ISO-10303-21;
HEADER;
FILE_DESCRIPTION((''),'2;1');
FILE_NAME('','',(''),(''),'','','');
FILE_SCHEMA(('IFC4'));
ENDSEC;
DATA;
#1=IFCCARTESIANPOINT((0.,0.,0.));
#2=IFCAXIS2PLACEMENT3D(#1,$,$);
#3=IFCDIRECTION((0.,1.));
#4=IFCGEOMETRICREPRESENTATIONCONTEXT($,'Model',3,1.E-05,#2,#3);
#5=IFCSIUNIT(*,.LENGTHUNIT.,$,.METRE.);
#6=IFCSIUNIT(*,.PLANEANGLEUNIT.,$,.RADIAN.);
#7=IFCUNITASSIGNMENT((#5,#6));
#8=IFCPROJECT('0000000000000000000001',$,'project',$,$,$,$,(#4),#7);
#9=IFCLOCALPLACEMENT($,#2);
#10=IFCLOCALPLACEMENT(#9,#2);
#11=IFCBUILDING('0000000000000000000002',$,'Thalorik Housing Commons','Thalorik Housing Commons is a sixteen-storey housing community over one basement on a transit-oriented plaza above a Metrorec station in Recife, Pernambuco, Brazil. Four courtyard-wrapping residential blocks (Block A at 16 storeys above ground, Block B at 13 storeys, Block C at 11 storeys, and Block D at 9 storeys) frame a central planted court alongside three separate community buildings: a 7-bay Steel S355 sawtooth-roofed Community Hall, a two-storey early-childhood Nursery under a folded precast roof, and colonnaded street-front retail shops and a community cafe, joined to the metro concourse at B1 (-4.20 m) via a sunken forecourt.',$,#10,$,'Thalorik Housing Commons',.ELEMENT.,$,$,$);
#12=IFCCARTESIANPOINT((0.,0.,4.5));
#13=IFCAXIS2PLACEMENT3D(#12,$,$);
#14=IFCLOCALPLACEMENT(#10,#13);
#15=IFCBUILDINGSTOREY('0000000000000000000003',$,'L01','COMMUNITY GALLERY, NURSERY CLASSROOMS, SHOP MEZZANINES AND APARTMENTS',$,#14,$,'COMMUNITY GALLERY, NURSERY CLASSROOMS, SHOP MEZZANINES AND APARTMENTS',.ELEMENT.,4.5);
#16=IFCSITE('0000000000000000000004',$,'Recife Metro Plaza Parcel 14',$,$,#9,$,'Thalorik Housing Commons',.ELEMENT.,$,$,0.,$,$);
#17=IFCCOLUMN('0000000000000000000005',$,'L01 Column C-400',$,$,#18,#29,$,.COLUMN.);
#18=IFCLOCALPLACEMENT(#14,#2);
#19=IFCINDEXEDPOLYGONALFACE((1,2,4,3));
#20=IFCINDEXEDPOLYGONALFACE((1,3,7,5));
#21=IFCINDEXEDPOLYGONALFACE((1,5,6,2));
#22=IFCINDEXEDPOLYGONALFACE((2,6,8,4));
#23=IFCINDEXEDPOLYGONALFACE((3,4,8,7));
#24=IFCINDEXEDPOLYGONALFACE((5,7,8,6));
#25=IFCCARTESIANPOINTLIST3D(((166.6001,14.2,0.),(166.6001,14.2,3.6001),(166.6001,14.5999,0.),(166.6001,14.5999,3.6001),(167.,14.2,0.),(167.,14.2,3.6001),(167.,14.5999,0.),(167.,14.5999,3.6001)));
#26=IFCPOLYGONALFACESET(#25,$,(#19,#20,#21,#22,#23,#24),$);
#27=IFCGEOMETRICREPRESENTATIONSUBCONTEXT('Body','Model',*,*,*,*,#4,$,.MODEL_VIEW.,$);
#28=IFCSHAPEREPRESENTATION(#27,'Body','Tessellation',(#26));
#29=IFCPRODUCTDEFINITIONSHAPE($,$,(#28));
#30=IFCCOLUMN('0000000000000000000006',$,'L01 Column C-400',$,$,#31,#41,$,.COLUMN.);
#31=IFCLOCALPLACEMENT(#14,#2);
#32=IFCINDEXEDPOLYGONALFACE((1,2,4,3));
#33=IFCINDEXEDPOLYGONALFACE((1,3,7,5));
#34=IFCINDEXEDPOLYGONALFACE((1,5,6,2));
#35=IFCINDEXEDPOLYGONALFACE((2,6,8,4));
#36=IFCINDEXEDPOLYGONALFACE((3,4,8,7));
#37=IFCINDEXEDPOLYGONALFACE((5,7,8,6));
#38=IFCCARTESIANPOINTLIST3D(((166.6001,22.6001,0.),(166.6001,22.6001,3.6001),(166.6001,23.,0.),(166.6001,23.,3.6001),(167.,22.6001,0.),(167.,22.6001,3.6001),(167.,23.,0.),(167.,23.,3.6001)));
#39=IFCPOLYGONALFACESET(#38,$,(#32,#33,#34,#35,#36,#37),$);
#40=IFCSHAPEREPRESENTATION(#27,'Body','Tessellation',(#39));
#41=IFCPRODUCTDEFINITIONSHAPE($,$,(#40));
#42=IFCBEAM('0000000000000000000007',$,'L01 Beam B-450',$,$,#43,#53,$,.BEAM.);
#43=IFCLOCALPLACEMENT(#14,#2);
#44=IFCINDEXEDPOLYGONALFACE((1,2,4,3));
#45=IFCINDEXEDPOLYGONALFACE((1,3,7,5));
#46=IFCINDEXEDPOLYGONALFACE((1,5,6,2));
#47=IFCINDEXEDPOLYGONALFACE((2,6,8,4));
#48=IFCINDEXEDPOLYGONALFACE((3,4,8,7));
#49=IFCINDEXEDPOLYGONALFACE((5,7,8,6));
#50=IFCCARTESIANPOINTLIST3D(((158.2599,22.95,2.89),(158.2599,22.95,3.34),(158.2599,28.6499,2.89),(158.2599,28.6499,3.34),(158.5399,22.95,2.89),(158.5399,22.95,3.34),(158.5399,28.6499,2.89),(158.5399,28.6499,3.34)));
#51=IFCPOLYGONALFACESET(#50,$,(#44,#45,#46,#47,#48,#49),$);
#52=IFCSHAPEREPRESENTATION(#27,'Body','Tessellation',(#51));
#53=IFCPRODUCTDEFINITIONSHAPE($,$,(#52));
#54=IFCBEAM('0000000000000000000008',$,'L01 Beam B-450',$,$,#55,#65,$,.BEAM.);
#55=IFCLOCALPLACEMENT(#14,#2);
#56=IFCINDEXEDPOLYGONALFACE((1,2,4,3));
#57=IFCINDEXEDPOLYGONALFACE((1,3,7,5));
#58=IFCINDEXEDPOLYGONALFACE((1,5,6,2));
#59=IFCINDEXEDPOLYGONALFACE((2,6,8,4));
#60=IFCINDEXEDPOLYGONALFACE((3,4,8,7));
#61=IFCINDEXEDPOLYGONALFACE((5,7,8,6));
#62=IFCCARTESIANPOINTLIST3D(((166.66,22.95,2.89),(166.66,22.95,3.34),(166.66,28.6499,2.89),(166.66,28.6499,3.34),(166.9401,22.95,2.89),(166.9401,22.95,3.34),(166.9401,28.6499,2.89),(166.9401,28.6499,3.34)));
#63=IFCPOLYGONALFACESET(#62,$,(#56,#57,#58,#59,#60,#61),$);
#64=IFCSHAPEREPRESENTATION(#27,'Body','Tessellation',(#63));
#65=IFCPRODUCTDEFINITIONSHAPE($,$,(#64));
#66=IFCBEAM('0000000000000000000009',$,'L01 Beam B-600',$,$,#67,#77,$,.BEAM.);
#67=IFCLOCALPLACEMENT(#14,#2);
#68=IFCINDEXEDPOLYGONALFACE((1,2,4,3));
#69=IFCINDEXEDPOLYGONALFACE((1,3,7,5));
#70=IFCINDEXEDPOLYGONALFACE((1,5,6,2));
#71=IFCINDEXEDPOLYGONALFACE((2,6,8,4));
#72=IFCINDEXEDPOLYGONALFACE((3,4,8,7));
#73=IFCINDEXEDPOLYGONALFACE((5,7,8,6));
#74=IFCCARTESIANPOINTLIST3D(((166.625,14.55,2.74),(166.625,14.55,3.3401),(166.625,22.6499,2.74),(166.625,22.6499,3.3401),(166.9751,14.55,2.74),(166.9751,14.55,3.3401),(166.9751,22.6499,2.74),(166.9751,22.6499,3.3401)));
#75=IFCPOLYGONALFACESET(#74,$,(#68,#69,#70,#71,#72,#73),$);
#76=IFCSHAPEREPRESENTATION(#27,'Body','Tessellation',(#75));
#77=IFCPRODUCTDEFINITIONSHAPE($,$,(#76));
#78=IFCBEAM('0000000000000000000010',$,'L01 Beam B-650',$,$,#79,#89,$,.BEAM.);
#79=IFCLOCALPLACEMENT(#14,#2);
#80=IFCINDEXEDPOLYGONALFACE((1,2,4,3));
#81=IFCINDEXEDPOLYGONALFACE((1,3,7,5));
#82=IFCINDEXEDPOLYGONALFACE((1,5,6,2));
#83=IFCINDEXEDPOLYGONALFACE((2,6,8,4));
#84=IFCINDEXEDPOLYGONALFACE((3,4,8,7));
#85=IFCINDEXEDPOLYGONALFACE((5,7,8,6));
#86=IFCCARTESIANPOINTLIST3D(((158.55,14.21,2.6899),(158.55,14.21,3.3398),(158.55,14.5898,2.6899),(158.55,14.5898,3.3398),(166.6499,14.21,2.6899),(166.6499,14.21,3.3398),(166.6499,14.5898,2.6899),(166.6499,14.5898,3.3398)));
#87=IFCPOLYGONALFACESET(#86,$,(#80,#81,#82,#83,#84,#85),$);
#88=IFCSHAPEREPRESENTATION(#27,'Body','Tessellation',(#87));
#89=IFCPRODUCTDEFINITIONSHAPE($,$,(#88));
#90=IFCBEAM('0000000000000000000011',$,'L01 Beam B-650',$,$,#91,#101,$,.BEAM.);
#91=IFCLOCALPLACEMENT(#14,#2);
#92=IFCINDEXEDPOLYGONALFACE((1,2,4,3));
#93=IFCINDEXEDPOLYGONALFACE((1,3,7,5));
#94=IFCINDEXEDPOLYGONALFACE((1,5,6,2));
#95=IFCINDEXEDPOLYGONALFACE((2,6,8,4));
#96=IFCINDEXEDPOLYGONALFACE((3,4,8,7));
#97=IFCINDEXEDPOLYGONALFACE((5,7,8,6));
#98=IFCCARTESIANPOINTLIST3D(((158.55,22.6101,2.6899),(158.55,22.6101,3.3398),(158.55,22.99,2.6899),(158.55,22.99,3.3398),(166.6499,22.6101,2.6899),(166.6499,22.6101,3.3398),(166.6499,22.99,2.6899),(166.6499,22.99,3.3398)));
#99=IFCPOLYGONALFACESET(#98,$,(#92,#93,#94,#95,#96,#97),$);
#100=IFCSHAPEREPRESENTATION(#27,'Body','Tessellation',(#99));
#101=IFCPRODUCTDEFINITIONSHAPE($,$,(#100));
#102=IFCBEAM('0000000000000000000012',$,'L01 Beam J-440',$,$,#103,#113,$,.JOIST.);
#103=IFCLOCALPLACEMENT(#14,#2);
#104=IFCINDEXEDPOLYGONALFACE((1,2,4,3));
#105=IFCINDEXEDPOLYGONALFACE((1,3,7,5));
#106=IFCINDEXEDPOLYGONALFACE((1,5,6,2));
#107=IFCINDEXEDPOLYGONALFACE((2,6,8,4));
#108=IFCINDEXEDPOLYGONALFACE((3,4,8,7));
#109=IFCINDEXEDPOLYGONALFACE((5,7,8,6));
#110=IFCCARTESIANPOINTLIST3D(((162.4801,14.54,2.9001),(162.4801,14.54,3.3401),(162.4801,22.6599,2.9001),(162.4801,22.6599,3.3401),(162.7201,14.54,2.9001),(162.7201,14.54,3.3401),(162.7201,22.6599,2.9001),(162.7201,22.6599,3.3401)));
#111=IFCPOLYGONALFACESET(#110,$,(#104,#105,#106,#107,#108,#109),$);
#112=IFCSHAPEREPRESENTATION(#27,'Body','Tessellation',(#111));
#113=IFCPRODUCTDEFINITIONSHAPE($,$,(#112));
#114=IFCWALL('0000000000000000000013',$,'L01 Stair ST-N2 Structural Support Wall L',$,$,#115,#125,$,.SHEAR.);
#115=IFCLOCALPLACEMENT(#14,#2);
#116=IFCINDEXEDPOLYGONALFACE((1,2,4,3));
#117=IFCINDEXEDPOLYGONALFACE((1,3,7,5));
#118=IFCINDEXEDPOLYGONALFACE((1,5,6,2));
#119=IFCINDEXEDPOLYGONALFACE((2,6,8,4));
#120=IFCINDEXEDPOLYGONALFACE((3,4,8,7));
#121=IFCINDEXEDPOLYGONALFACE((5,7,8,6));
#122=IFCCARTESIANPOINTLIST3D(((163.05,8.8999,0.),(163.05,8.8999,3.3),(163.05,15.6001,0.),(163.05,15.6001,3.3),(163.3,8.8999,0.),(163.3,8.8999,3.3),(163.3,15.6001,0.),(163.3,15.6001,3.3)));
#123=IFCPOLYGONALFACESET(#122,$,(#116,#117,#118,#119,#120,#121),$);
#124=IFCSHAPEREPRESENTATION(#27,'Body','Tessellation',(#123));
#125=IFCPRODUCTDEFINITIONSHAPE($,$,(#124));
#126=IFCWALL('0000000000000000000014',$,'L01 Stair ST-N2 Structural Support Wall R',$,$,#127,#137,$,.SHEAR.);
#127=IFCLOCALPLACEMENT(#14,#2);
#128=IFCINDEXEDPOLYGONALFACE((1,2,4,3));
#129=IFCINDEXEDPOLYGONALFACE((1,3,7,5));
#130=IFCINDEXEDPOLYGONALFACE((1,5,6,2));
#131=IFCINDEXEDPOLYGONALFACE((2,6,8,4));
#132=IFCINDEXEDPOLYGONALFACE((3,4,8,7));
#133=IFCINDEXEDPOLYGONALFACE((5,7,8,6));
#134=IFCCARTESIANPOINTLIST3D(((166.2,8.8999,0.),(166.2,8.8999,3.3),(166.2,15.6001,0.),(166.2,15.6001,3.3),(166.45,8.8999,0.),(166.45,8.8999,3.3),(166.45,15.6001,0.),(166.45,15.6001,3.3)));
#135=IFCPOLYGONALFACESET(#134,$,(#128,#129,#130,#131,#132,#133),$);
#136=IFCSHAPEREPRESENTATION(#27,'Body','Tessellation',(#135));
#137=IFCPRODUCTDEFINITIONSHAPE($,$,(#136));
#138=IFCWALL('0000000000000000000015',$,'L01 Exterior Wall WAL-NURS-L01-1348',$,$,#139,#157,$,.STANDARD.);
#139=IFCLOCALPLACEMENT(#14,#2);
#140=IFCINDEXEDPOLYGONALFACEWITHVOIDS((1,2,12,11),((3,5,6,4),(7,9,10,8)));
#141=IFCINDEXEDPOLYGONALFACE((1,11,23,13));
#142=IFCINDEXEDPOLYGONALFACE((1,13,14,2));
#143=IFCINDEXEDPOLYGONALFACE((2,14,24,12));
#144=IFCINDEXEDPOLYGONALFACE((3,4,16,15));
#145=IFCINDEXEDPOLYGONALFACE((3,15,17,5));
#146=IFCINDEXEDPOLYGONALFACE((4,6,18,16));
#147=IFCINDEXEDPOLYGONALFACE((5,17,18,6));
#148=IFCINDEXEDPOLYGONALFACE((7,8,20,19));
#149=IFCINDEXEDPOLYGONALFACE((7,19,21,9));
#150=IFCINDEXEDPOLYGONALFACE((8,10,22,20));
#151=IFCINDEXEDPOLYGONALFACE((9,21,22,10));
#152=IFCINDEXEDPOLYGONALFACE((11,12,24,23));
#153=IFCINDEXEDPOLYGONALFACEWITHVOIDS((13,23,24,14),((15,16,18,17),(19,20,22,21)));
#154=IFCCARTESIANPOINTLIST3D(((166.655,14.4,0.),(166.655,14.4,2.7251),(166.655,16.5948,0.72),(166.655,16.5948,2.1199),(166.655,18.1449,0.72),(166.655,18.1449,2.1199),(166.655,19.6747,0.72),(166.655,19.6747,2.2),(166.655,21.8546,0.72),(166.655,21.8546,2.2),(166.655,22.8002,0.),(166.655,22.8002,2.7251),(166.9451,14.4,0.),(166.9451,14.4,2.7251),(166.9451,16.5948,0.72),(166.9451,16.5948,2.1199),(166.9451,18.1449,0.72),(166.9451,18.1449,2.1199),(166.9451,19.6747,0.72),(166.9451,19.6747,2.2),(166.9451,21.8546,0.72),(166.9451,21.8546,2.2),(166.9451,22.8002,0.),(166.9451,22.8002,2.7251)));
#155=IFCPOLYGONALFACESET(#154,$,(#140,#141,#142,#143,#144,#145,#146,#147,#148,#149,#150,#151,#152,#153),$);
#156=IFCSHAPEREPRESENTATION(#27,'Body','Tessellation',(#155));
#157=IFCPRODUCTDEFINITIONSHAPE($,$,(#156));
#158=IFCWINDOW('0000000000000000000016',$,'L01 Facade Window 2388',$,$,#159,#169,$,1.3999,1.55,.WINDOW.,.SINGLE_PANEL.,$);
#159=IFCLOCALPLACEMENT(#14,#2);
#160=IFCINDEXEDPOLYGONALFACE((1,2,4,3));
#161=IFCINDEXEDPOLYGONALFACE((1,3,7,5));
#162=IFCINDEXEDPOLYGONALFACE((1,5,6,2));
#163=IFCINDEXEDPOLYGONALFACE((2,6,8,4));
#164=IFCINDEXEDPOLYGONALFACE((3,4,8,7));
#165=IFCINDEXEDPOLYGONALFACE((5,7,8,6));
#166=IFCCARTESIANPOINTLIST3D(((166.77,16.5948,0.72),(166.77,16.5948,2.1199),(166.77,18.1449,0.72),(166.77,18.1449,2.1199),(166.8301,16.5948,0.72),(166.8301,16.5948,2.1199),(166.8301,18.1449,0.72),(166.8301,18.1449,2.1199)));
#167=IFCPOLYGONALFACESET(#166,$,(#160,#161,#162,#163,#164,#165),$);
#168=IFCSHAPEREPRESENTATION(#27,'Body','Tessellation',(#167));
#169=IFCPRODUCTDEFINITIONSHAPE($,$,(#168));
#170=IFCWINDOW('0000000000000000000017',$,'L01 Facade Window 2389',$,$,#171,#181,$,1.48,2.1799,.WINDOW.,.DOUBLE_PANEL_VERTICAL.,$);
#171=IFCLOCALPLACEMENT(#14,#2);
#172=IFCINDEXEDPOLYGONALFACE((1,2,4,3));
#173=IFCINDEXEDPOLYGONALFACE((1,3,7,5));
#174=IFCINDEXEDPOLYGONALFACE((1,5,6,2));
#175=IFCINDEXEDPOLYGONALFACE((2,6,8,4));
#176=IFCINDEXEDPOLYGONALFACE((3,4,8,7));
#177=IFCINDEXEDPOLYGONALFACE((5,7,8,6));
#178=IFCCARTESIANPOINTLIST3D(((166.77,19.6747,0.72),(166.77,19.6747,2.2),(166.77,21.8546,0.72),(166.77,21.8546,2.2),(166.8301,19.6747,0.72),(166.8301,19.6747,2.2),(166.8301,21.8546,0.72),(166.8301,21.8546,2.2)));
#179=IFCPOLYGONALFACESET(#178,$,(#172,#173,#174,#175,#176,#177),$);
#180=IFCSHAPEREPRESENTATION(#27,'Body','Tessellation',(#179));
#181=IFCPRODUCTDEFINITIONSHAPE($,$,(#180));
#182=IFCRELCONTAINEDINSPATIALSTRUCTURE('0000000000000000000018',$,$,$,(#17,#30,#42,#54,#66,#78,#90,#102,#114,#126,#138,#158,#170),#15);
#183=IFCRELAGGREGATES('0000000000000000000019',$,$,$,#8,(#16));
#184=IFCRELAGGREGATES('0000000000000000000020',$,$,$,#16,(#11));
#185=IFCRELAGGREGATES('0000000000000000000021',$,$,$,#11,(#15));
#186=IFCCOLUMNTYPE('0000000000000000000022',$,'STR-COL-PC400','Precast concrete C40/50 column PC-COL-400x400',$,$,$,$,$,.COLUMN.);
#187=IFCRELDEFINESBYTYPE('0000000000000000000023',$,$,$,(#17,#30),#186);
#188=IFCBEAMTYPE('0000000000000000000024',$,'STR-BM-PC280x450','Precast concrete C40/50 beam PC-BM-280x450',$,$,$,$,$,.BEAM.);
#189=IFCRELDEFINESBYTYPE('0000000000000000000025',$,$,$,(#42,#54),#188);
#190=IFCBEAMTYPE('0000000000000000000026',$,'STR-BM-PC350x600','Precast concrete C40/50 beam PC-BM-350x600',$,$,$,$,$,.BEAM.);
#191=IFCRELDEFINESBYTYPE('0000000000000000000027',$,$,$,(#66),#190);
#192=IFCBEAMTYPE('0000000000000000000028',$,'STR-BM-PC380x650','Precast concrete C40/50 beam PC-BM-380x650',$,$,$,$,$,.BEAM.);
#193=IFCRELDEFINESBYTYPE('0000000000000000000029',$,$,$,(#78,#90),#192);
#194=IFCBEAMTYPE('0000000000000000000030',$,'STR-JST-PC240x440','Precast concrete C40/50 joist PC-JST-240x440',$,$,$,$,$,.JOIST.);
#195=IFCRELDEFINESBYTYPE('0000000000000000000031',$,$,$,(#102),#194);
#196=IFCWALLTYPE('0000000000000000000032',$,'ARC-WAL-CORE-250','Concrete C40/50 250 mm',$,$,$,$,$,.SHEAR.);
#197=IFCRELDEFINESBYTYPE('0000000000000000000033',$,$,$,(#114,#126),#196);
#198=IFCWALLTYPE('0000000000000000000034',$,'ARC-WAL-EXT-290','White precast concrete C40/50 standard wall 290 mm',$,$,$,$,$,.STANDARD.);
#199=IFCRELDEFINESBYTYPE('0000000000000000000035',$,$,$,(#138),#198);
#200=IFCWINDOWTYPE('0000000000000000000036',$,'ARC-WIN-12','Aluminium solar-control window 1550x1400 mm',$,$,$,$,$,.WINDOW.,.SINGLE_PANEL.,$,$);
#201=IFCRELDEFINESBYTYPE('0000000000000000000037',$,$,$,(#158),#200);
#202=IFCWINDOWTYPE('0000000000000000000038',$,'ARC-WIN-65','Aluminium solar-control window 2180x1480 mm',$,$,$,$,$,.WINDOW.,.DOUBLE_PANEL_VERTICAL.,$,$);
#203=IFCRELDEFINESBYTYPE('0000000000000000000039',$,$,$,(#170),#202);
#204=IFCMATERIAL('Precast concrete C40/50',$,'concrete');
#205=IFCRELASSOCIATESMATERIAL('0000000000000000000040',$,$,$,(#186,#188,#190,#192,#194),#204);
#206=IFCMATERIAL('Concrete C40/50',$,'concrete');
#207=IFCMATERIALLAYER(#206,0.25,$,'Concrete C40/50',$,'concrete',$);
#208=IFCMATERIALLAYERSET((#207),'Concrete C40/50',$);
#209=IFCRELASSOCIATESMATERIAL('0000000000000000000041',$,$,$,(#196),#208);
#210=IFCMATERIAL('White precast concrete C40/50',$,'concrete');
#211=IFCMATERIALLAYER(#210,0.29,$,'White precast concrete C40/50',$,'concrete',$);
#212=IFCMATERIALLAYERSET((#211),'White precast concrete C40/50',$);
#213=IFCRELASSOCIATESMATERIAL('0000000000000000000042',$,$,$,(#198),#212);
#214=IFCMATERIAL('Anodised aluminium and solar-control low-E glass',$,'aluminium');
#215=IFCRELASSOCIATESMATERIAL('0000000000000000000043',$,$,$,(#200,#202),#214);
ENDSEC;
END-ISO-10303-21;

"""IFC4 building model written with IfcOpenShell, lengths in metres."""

from ifc_helpers import new_model, si_unit, direction, frame, frame_2d, origin, origin_2d, place, context, subcontext, project, spatial, rectangle, extrude, material, layer, layer_set, material_profile, profile_set, type_object, element, fill, save


model = new_model("IFC4")

# Units and contexts
model_context = context("Model", 3, precision=1e-05, world=origin(), true_north=direction((0.0, 1.0)))
body_context = subcontext(model_context, "Body", "Model", "MODEL_VIEW")
ifc_project = project(units=[si_unit("LENGTHUNIT", "METRE"), si_unit("PLANEANGLEUNIT", "RADIAN")], contexts=[model_context])

# Site, building, storey
site_placement = place(None, origin())
site = spatial("IfcSite", under=ifc_project, at=site_placement, Name="Recife Metro Plaza Parcel 14", LongName="Thalorik Housing Commons", CompositionType="ELEMENT", RefElevation=0.0)
building_placement = place(site_placement, origin())
building = spatial("IfcBuilding", under=site, at=building_placement, Name="Thalorik Housing Commons", Description="Thalorik Housing Commons is a sixteen-storey housing community over one basement on a transit-oriented plaza above a Metrorec station in Recife, Pernambuco, Brazil. Four courtyard-wrapping residential blocks (Block A at 16 storeys above ground, Block B at 13 storeys, Block C at 11 storeys, and Block D at 9 storeys) frame a central planted court alongside three separate community buildings: a 7-bay Steel S355 sawtooth-roofed Community Hall, a two-storey early-childhood Nursery under a folded precast roof, and colonnaded street-front retail shops and a community cafe, joined to the metro concourse at B1 (-4.20 m) via a sunken forecourt.", LongName="Thalorik Housing Commons", CompositionType="ELEMENT")
storey_placement = place(building_placement, frame((0.0, 0.0, 4.5)))
storey = spatial("IfcBuildingStorey", under=building, at=storey_placement, Name="L01", Description="COMMUNITY GALLERY, NURSERY CLASSROOMS, SHOP MEZZANINES AND APARTMENTS", LongName="COMMUNITY GALLERY, NURSERY CLASSROOMS, SHOP MEZZANINES AND APARTMENTS", CompositionType="ELEMENT", Elevation=4.5)

# Columns
ifc_material_1 = material(Name="Precast concrete C40/50", Category="concrete")
ifc_material_profile_1 = material_profile(ifc_material_1, rectangle(XDim=0.3999, YDim=0.3999, at=origin_2d()), Name="PC 400x400", Category="concrete")
ifc_profile_set_1 = profile_set([ifc_material_profile_1], Name="Precast concrete C40/50")
column_type = type_object("IfcColumnType", Name="STR-COL-PC400", Description="Precast concrete C40/50 column PC-COL-400x400", PredefinedType="COLUMN", material=ifc_profile_set_1)
for number, where, z_axis, x_axis, name in (
    (1, (166.8, 14.3999, 0.0), (0.0, 0.0, 1.0), (1.0, 0.0, 0.0), "L01 Column C-400"),
    (2, (166.8, 22.8, 0.0), (0.0, 0.0, 1.0), (1.0, 0.0, 0.0), "L01 Column C-400"),
):
    element("IfcColumn", number, at=place(storey_placement, frame(where, z_axis=z_axis, x_axis=x_axis)), inside=storey, type_object=column_type, Name=name, PredefinedType="COLUMN", context=body_context, shape_type="SweptSolid", body=[
        extrude(rectangle(XDim=0.3999, YDim=0.3999, at=origin_2d()), origin(), (0.0, 0.0, 1.0), 3.6001),
    ])

# Beams
ifc_material_profile_2 = material_profile(ifc_material_1, rectangle(XDim=0.28, YDim=0.45, at=origin_2d()), Name="PC 280x450", Category="concrete")
ifc_profile_set_2 = profile_set([ifc_material_profile_2], Name="Precast concrete C40/50")
beam_type_1 = type_object("IfcBeamType", Name="STR-BM-PC280x450", Description="Precast concrete C40/50 beam PC-BM-280x450", PredefinedType="BEAM", material=ifc_profile_set_2)
for number, where, z_axis, x_axis, name in (
    (3, (158.3999, 22.95, 3.115), (0.0, 1.0, 0.0), (-1.0, 0.0, 0.0), "L01 Beam B-450"),
    (4, (166.8, 22.95, 3.115), (0.0, 1.0, 0.0), (-1.0, 0.0, 0.0), "L01 Beam B-450"),
):
    element("IfcBeam", number, at=place(storey_placement, frame(where, z_axis=z_axis, x_axis=x_axis)), inside=storey, type_object=beam_type_1, Name=name, PredefinedType="BEAM", context=body_context, shape_type="SweptSolid", body=[
        extrude(rectangle(XDim=0.28, YDim=0.45, at=origin_2d()), origin(), (0.0, 0.0, 1.0), 5.7),
    ])
ifc_material_profile_3 = material_profile(ifc_material_1, rectangle(XDim=0.3501, YDim=0.6001, at=origin_2d()), Name="PC 350x600", Category="concrete")
ifc_profile_set_3 = profile_set([ifc_material_profile_3], Name="Precast concrete C40/50")
beam_type_2 = type_object("IfcBeamType", Name="STR-BM-PC350x600", Description="Precast concrete C40/50 beam PC-BM-350x600", PredefinedType="BEAM", material=ifc_profile_set_3)
beam_1_placement = place(storey_placement, frame((166.8, 14.55, 3.04), z_axis=(0.0, 1.0, 0.0), x_axis=(-1.0, 0.0, 0.0)))
element("IfcBeam", 5, at=beam_1_placement, inside=storey, type_object=beam_type_2, Name="L01 Beam B-600", PredefinedType="BEAM", context=body_context, shape_type="SweptSolid", body=[
    extrude(rectangle(XDim=0.3501, YDim=0.6001, at=origin_2d()), origin(), (0.0, 0.0, 1.0), 8.0999),
])
ifc_material_profile_4 = material_profile(ifc_material_1, rectangle(XDim=0.3799, YDim=0.6499, at=origin_2d()), Name="PC 380x650", Category="concrete")
ifc_profile_set_4 = profile_set([ifc_material_profile_4], Name="Precast concrete C40/50")
beam_type_3 = type_object("IfcBeamType", Name="STR-BM-PC380x650", Description="Precast concrete C40/50 beam PC-BM-380x650", PredefinedType="BEAM", material=ifc_profile_set_4)
for number, where, z_axis, x_axis, name in (
    (6, (158.55, 14.3999, 3.0149), (1.0, 0.0, 0.0), (0.0, 1.0, 0.0), "L01 Beam B-650"),
    (7, (158.55, 22.8, 3.0149), (1.0, 0.0, 0.0), (0.0, 1.0, 0.0), "L01 Beam B-650"),
):
    element("IfcBeam", number, at=place(storey_placement, frame(where, z_axis=z_axis, x_axis=x_axis)), inside=storey, type_object=beam_type_3, Name=name, PredefinedType="BEAM", context=body_context, shape_type="SweptSolid", body=[
        extrude(rectangle(XDim=0.3799, YDim=0.6499, at=origin_2d()), origin(), (0.0, 0.0, 1.0), 8.0999),
    ])
ifc_material_profile_5 = material_profile(ifc_material_1, rectangle(XDim=0.24, YDim=0.4399, at=origin_2d()), Name="PC JST 240x440", Category="concrete")
ifc_profile_set_5 = profile_set([ifc_material_profile_5], Name="Precast concrete C40/50")
beam_type_4 = type_object("IfcBeamType", Name="STR-JST-PC240x440", Description="Precast concrete C40/50 joist PC-JST-240x440", PredefinedType="JOIST", material=ifc_profile_set_5)
beam_2_placement = place(storey_placement, frame((162.6001, 14.54, 3.1201), z_axis=(0.0, 1.0, 0.0), x_axis=(-1.0, 0.0, 0.0)))
element("IfcBeam", 8, at=beam_2_placement, inside=storey, type_object=beam_type_4, Name="L01 Beam J-440", PredefinedType="JOIST", context=body_context, shape_type="SweptSolid", body=[
    extrude(rectangle(XDim=0.24, YDim=0.4399, at=origin_2d()), origin(), (0.0, 0.0, 1.0), 8.1199),
])

# Walls
ifc_material_2 = material(Name="Concrete C40/50", Category="concrete")
ifc_layer_1 = layer(ifc_material_2, 0.25, Name="Concrete C40/50", Category="concrete")
ifc_layer_set_1 = layer_set([ifc_layer_1], Name="Concrete C40/50")
wall_type_1 = type_object("IfcWallType", Name="ARC-WAL-CORE-250", Description="Concrete C40/50 250 mm", PredefinedType="SHEAR", material=ifc_layer_set_1)
for number, where, z_axis, x_axis, name in (
    (9, (163.175, 15.6001, 0.0), (0.0, 0.0, 1.0), (0.0, -1.0, 0.0), "L01 Stair ST-N2 Structural Support Wall L"),
    (10, (166.325, 15.6001, 0.0), (0.0, 0.0, 1.0), (0.0, -1.0, 0.0), "L01 Stair ST-N2 Structural Support Wall R"),
):
    element("IfcWall", number, at=place(storey_placement, frame(where, z_axis=z_axis, x_axis=x_axis)), inside=storey, type_object=wall_type_1, Name=name, PredefinedType="SHEAR", context=body_context, shape_type="SweptSolid", body=[
        extrude(rectangle(XDim=6.7002, YDim=0.25, at=frame_2d((3.3501, 0.0))), origin(), (0.0, 0.0, 1.0), 3.3),
    ])

# Wall, openings, windows
ifc_material_3 = material(Name="White precast concrete C40/50", Category="concrete")
ifc_layer_2 = layer(ifc_material_3, 0.29, Name="White precast concrete C40/50", Category="concrete")
ifc_layer_set_2 = layer_set([ifc_layer_2], Name="White precast concrete C40/50")
wall_type_2 = type_object("IfcWallType", Name="ARC-WAL-EXT-290", Description="White precast concrete C40/50 standard wall 290 mm", PredefinedType="STANDARD", material=ifc_layer_set_2)
wall_1_placement = place(storey_placement, frame((166.8, 14.3999, 0.0), z_axis=(0.0, 0.0, 1.0), x_axis=(0.0, 1.0, 0.0)))
wall_1 = element("IfcWall", 11, at=wall_1_placement, inside=storey, type_object=wall_type_2, Name="L01 Exterior Wall WAL-NURS-L01-1348", PredefinedType="STANDARD", context=body_context, shape_type="SweptSolid", body=[
    extrude(rectangle(XDim=8.4001, YDim=0.29, at=frame_2d((4.2002, 0.0))), origin(), (0.0, 0.0, 1.0), 2.7251),
])
opening_1_placement = place(wall_1_placement, frame((2.1951, 0.0, 0.72)))
opening_1 = element("IfcOpeningElement", 12, at=opening_1_placement, cuts=wall_1, PredefinedType="OPENING", context=body_context, shape_type="SweptSolid", body=[
    extrude(rectangle(XDim=1.55, YDim=1.3999, at=frame_2d((0.7749, 0.7))), frame((0.0, 0.155, 0.0), z_axis=(0.0, -1.0, 0.0), x_axis=(1.0, 0.0, 0.0)), (0.0, 0.0, 1.0), 0.3101),
])
opening_2_placement = place(wall_1_placement, frame((5.2749, 0.0, 0.72)))
opening_2 = element("IfcOpeningElement", 13, at=opening_2_placement, cuts=wall_1, PredefinedType="OPENING", context=body_context, shape_type="SweptSolid", body=[
    extrude(rectangle(XDim=2.1799, YDim=1.48, at=frame_2d((1.0898, 0.74))), frame((0.0, 0.155, 0.0), z_axis=(0.0, -1.0, 0.0), x_axis=(1.0, 0.0, 0.0)), (0.0, 0.0, 1.0), 0.3101),
])
ifc_material_4 = material(Name="Anodised aluminium and solar-control low-E glass", Category="aluminium")
window_type_1 = type_object("IfcWindowType", Name="ARC-WIN-12", Description="Aluminium solar-control window 1550x1400 mm", PartitioningType="SINGLE_PANEL", PredefinedType="WINDOW", material=ifc_material_4)
window_1_placement = place(opening_1_placement, origin())
window_1 = element("IfcWindow", 14, at=window_1_placement, inside=storey, type_object=window_type_1, Name="L01 Facade Window 2388", OverallHeight=1.3999, OverallWidth=1.55, PartitioningType="SINGLE_PANEL", PredefinedType="WINDOW", context=body_context, shape_type="SweptSolid", body=[
    extrude(rectangle(XDim=1.55, YDim=1.3999, at=frame_2d((0.7749, 0.7))), frame((0.0, 0.03, 0.0), z_axis=(0.0, -1.0, 0.0), x_axis=(1.0, 0.0, 0.0)), (0.0, 0.0, 1.0), 0.0601),
])
fill(opening_1, window_1)
window_type_2 = type_object("IfcWindowType", Name="ARC-WIN-65", Description="Aluminium solar-control window 2180x1480 mm", PartitioningType="DOUBLE_PANEL_VERTICAL", PredefinedType="WINDOW", material=ifc_material_4)
window_2_placement = place(opening_2_placement, origin())
window_2 = element("IfcWindow", 15, at=window_2_placement, inside=storey, type_object=window_type_2, Name="L01 Facade Window 2389", OverallHeight=1.48, OverallWidth=2.1799, PartitioningType="DOUBLE_PANEL_VERTICAL", PredefinedType="WINDOW", context=body_context, shape_type="SweptSolid", body=[
    extrude(rectangle(XDim=2.1799, YDim=1.48, at=frame_2d((1.0898, 0.74))), frame((0.0, 0.03, 0.0), z_axis=(0.0, -1.0, 0.0), x_axis=(1.0, 0.0, 0.0)), (0.0, 0.0, 1.0), 0.0601),
])
fill(opening_2, window_2)

save(model, "model.ifc")
